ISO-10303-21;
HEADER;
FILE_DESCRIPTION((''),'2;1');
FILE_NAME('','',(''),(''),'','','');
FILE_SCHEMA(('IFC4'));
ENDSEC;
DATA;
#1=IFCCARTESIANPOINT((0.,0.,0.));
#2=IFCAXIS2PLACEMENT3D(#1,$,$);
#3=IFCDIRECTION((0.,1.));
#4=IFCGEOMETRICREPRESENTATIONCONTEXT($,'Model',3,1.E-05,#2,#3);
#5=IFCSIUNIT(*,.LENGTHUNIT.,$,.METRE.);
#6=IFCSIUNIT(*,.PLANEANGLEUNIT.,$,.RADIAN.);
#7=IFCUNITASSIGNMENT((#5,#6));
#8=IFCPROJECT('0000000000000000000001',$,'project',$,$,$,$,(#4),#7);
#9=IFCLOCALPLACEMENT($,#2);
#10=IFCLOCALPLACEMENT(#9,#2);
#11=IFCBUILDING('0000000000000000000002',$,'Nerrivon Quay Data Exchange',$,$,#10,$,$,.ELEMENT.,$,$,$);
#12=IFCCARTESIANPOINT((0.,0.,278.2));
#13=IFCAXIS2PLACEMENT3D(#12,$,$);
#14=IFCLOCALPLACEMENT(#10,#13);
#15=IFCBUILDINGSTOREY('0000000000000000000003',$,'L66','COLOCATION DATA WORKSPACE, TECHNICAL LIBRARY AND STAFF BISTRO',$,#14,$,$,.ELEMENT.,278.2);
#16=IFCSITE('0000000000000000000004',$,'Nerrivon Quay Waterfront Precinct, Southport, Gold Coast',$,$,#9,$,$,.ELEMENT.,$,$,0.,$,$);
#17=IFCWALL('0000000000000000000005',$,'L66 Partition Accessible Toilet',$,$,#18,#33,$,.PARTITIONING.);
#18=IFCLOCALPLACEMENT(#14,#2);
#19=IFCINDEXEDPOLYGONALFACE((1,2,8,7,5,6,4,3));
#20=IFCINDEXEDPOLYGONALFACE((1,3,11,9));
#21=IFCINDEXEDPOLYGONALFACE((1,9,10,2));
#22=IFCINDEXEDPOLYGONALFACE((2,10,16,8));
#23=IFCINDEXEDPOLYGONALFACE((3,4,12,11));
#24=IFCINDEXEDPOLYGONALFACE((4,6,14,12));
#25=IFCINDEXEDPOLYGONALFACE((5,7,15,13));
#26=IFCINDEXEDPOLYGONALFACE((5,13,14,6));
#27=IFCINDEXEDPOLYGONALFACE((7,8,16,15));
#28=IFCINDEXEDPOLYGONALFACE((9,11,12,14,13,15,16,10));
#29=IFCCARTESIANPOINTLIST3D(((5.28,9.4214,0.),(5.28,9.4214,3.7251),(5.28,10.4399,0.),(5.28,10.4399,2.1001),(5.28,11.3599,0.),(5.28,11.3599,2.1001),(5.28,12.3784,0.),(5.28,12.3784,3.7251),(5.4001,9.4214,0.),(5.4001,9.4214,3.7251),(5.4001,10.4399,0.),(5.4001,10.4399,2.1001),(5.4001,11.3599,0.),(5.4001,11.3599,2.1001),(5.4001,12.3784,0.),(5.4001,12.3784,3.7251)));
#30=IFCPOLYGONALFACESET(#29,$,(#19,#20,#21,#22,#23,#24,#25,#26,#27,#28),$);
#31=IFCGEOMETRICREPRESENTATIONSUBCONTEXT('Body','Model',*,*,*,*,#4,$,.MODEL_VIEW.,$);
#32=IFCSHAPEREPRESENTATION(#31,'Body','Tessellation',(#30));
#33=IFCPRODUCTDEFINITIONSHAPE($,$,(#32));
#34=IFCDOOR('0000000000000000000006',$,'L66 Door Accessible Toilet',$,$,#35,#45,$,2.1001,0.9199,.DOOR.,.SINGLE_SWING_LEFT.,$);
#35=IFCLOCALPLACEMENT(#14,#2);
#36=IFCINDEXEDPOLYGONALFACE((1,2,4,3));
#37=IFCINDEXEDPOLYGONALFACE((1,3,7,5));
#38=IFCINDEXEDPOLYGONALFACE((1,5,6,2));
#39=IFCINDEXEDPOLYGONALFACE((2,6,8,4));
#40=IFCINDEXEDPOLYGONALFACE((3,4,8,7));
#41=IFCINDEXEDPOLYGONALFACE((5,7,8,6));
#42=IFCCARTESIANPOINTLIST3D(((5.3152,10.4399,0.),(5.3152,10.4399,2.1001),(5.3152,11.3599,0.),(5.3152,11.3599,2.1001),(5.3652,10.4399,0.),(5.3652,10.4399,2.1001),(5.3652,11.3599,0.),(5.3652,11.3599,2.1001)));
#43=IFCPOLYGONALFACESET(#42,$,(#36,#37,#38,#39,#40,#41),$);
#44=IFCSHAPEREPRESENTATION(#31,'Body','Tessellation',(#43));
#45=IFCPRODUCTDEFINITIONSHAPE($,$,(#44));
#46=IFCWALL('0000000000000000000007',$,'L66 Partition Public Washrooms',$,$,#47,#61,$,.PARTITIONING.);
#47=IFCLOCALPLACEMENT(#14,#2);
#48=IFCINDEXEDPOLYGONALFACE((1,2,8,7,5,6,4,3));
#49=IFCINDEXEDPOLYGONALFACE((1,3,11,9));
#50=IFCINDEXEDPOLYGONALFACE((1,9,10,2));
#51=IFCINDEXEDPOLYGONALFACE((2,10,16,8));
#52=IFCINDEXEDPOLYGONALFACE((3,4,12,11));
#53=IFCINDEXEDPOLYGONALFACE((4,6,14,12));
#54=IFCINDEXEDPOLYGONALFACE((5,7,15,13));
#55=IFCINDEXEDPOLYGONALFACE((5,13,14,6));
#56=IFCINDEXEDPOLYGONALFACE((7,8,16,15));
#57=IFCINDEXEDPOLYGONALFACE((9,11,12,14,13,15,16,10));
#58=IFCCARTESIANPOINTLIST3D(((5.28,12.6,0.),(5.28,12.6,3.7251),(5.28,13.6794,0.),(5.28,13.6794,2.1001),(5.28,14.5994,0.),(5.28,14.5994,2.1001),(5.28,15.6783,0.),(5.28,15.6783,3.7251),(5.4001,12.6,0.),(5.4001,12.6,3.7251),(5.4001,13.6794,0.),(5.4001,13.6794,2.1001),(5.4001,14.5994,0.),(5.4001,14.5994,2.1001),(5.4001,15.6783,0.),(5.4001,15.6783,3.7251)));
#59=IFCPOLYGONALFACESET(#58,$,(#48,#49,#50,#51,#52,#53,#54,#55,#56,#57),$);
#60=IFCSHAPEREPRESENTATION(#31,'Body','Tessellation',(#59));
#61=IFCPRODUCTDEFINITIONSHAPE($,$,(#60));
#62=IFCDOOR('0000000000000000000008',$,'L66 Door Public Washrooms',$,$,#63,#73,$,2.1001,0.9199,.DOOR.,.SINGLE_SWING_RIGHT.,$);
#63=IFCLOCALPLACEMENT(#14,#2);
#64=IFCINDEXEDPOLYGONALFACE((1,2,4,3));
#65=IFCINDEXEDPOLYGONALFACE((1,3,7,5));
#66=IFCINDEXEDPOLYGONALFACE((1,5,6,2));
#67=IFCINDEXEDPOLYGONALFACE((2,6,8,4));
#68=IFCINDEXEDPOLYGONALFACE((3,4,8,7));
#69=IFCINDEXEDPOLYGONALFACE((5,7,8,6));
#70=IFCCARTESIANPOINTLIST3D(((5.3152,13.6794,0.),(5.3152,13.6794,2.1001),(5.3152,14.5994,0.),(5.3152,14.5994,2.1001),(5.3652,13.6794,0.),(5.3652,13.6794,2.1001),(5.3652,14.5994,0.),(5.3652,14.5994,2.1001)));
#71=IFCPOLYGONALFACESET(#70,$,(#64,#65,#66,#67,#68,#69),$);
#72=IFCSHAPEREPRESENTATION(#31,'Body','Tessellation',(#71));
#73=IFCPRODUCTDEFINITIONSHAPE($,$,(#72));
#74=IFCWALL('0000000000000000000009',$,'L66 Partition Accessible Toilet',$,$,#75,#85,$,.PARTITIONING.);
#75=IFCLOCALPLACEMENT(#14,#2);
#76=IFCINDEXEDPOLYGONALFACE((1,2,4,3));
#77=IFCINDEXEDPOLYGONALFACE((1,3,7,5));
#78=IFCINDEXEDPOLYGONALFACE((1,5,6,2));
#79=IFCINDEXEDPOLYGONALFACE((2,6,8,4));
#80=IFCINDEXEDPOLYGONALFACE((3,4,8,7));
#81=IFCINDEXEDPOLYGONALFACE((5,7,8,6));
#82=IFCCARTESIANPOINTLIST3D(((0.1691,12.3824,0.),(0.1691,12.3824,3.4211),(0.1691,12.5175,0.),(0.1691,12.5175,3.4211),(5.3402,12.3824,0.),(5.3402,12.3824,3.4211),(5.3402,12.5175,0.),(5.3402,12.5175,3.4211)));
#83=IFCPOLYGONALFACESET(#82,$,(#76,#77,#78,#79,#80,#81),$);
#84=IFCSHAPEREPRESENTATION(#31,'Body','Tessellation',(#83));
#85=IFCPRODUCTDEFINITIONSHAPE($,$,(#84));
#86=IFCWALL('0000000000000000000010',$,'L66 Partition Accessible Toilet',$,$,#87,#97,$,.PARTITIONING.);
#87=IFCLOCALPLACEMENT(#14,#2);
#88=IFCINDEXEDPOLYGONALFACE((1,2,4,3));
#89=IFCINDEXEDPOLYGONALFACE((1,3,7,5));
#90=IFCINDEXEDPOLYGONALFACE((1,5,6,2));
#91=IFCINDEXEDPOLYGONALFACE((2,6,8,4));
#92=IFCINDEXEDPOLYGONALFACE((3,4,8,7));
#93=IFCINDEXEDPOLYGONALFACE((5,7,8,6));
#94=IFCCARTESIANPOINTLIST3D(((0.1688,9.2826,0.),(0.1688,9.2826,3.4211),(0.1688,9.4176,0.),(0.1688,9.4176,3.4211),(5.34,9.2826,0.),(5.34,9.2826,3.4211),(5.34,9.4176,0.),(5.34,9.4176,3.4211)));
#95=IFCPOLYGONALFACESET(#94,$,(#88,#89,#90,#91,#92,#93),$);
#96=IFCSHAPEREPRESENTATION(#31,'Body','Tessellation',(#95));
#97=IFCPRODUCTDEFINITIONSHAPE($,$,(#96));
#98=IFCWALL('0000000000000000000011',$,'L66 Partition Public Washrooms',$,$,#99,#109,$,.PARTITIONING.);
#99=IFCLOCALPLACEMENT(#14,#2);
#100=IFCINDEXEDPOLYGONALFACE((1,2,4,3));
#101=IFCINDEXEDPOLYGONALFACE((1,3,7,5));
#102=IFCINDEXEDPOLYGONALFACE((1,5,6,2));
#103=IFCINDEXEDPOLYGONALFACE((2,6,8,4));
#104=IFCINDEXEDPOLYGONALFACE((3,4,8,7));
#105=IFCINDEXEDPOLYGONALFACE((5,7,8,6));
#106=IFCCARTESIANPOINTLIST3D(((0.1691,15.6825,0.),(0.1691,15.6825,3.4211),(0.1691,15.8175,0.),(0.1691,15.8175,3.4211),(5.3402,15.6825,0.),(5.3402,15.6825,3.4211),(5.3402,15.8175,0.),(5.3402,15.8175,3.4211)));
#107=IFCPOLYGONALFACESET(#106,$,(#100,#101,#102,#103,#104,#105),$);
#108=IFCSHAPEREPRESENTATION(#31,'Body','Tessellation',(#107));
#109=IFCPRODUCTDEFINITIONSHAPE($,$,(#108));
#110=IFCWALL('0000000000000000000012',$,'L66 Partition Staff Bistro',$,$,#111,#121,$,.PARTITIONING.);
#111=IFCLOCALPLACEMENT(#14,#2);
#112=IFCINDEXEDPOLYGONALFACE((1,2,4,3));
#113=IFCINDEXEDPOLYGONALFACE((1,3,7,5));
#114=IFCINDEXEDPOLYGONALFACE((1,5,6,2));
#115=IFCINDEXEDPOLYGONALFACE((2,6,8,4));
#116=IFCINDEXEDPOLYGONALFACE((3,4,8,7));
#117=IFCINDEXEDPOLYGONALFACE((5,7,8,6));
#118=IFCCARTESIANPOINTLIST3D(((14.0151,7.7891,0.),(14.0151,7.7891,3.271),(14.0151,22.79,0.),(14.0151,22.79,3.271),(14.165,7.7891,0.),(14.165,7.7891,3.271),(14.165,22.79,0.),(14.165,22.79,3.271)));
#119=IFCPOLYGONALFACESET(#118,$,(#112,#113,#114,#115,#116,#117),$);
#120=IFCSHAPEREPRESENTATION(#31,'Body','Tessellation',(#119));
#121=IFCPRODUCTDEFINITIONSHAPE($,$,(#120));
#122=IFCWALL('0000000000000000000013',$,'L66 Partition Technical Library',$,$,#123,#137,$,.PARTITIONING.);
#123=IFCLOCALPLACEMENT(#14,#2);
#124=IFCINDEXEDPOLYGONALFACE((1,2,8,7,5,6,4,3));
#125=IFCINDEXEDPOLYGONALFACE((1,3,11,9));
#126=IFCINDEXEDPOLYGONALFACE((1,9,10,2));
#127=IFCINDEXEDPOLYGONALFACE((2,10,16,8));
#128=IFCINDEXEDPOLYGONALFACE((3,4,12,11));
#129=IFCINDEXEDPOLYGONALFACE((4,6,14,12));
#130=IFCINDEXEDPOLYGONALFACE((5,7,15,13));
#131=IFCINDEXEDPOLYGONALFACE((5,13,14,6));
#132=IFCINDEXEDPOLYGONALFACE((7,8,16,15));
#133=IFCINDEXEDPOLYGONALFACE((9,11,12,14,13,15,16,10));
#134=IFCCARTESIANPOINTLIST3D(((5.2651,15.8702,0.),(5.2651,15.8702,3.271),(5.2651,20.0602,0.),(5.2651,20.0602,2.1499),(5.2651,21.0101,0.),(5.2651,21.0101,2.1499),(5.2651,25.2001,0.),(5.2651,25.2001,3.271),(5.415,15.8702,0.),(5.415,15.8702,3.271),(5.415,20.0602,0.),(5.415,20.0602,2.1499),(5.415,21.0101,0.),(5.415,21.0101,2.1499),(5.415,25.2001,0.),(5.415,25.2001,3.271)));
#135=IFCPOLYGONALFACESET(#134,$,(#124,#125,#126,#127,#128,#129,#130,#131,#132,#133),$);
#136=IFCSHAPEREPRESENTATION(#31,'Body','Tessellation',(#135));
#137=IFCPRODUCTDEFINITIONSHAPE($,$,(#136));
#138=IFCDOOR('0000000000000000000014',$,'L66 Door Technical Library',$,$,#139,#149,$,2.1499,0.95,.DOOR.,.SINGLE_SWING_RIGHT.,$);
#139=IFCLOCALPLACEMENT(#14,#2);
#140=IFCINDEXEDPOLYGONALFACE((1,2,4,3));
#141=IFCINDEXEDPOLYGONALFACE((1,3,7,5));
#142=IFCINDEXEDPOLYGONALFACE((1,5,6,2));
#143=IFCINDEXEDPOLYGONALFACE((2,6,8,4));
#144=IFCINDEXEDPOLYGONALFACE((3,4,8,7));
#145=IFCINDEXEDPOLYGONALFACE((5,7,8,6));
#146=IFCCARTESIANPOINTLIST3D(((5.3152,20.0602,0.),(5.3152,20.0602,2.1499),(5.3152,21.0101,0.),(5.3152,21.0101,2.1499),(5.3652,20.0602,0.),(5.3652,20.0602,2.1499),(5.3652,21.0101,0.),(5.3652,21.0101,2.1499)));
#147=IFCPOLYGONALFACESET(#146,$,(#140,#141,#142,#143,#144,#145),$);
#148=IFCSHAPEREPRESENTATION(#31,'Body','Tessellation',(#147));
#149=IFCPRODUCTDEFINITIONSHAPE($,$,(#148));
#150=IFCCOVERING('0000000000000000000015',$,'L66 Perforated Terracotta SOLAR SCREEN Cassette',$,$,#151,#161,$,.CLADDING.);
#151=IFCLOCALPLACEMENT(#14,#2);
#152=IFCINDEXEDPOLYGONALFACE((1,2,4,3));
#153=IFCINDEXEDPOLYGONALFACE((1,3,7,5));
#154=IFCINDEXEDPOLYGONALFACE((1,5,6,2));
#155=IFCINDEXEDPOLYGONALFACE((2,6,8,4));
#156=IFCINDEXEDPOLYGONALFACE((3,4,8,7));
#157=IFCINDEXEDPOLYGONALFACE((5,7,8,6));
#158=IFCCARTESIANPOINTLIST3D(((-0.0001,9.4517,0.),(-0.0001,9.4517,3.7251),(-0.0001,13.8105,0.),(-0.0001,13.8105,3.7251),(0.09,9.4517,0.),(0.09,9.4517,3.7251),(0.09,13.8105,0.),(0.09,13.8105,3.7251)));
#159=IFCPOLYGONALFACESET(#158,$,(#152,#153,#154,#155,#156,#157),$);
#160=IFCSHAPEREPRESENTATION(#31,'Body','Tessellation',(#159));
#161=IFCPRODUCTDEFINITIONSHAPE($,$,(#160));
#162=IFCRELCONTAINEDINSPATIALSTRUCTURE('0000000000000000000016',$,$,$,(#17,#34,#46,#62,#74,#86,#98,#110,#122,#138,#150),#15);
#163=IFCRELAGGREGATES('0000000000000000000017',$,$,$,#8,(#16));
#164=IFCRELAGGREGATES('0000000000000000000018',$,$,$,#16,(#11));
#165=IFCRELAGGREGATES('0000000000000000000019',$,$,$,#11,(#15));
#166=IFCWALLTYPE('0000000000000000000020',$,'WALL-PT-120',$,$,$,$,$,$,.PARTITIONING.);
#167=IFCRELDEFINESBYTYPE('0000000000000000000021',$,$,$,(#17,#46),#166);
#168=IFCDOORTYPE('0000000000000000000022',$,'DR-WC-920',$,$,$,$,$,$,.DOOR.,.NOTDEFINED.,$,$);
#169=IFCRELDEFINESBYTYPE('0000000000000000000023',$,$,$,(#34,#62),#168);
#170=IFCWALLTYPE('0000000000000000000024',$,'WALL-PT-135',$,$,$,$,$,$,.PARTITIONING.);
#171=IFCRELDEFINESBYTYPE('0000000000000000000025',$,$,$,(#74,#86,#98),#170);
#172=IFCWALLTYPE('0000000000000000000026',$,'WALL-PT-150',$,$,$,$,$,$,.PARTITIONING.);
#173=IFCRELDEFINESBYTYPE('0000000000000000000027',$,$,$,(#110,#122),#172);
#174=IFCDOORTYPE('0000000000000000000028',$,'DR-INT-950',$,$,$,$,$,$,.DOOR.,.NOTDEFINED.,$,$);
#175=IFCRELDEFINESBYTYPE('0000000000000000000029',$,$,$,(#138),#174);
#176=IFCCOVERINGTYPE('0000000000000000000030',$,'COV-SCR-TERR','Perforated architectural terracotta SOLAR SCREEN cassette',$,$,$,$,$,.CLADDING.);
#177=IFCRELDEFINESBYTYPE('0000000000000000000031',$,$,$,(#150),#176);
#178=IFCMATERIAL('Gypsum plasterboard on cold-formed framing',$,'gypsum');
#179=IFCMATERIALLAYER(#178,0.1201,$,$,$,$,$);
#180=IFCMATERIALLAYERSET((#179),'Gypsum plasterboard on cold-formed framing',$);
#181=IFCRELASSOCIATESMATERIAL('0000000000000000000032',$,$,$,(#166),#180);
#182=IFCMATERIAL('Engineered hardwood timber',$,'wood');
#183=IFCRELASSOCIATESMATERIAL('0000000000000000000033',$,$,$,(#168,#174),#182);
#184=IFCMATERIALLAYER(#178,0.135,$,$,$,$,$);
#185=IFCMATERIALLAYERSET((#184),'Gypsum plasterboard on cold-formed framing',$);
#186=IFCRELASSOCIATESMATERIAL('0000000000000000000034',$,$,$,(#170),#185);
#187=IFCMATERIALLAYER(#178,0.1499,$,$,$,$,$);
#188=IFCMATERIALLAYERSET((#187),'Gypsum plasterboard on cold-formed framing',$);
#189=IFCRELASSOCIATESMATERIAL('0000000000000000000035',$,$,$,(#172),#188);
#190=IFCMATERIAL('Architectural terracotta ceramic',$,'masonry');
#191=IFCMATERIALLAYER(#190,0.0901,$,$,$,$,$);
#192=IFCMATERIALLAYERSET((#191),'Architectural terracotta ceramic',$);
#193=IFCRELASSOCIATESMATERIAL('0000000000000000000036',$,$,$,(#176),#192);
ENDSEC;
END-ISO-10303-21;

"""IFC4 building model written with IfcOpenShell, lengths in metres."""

from ifc_helpers import new_model, si_unit, direction, frame, frame_2d, origin, origin_2d, place, context, subcontext, project, spatial, rectangle, extrude, material, layer, layer_set, type_object, element, fill, save


model = new_model("IFC4")

# Units and contexts
model_context = context("Model", 3, precision=1e-05, world=origin(), true_north=direction((0.0, 1.0)))
body_context = subcontext(model_context, "Body", "Model", "MODEL_VIEW")
ifc_project = project(units=[si_unit("LENGTHUNIT", "METRE"), si_unit("PLANEANGLEUNIT", "RADIAN")], contexts=[model_context])

# Site, building, storey
site_placement = place(None, origin())
site = spatial("IfcSite", under=ifc_project, at=site_placement, Name="Nerrivon Quay Waterfront Precinct, Southport, Gold Coast", CompositionType="ELEMENT", RefElevation=0.0)
building_placement = place(site_placement, origin())
building = spatial("IfcBuilding", under=site, at=building_placement, Name="Nerrivon Quay Data Exchange", CompositionType="ELEMENT")
storey_placement = place(building_placement, frame((0.0, 0.0, 278.2)))
storey = spatial("IfcBuildingStorey", under=building, at=storey_placement, Name="L66", Description="COLOCATION DATA WORKSPACE, TECHNICAL LIBRARY AND STAFF BISTRO", CompositionType="ELEMENT", Elevation=278.2)

# Walls, openings, doors
ifc_material_1 = material(Name="Gypsum plasterboard on cold-formed framing", Category="gypsum")
ifc_layer_1 = layer(ifc_material_1, 0.1201)
ifc_layer_set_1 = layer_set([ifc_layer_1], Name="Gypsum plasterboard on cold-formed framing")
wall_type_1 = type_object("IfcWallType", Name="WALL-PT-120", PredefinedType="PARTITIONING", material=ifc_layer_set_1)
wall_1_placement = place(storey_placement, frame((5.3401, 9.4214, 0.0), z_axis=(0.0, 0.0, 1.0), x_axis=(0.0, 1.0, 0.0)))
wall_1 = element("IfcWall", 1, at=wall_1_placement, inside=storey, type_object=wall_type_1, Name="L66 Partition Accessible Toilet", PredefinedType="PARTITIONING", context=body_context, shape_type="SweptSolid", body=[
    extrude(rectangle(XDim=2.957, YDim=0.1201, at=frame_2d((1.4785, 0.0))), origin(), (0.0, 0.0, 1.0), 3.7251),
])
opening_1_placement = place(wall_1_placement, frame((1.0186, 0.0, 0.0)))
opening_1 = element("IfcOpeningElement", 2, at=opening_1_placement, cuts=wall_1, PredefinedType="OPENING", context=body_context, shape_type="SweptSolid", body=[
    extrude(rectangle(XDim=0.9199, YDim=2.1001, at=frame_2d((0.46, 1.05))), frame((0.0, 0.0701, 0.0), z_axis=(0.0, -1.0, 0.0), x_axis=(1.0, 0.0, 0.0)), (0.0, 0.0, 1.0), 0.1401),
])
ifc_material_2 = material(Name="Engineered hardwood timber", Category="wood")
door_type_1 = type_object("IfcDoorType", Name="DR-WC-920", OperationType="NOTDEFINED", PredefinedType="DOOR", material=ifc_material_2)
door_1_placement = place(opening_1_placement, origin())
door_1 = element("IfcDoor", 3, at=door_1_placement, inside=storey, type_object=door_type_1, Name="L66 Door Accessible Toilet", OperationType="SINGLE_SWING_LEFT", OverallHeight=2.1001, OverallWidth=0.9199, PredefinedType="DOOR", context=body_context, shape_type="SweptSolid", body=[
    extrude(rectangle(XDim=0.9199, YDim=2.1001, at=frame_2d((0.46, 1.05))), frame((0.0, 0.0249, 0.0), z_axis=(0.0, -1.0, 0.0), x_axis=(1.0, 0.0, 0.0)), (0.0, 0.0, 1.0), 0.05),
])
fill(opening_1, door_1)
wall_2_placement = place(storey_placement, frame((5.3401, 12.6001, 0.0), z_axis=(0.0, 0.0, 1.0), x_axis=(0.0, 1.0, 0.0)))
wall_2 = element("IfcWall", 4, at=wall_2_placement, inside=storey, type_object=wall_type_1, Name="L66 Partition Public Washrooms", PredefinedType="PARTITIONING", context=body_context, shape_type="SweptSolid", body=[
    extrude(rectangle(XDim=3.0784, YDim=0.1201, at=frame_2d((1.5391, 0.0))), origin(), (0.0, 0.0, 1.0), 3.7251),
])
opening_2_placement = place(wall_2_placement, frame((1.0793, 0.0, 0.0)))
opening_2 = element("IfcOpeningElement", 5, at=opening_2_placement, cuts=wall_2, PredefinedType="OPENING", context=body_context, shape_type="SweptSolid", body=[
    extrude(rectangle(XDim=0.9199, YDim=2.1001, at=frame_2d((0.46, 1.05))), frame((0.0, 0.0701, 0.0), z_axis=(0.0, -1.0, 0.0), x_axis=(1.0, 0.0, 0.0)), (0.0, 0.0, 1.0), 0.1401),
])
door_2_placement = place(opening_2_placement, origin())
door_2 = element("IfcDoor", 6, at=door_2_placement, inside=storey, type_object=door_type_1, Name="L66 Door Public Washrooms", OperationType="SINGLE_SWING_RIGHT", OverallHeight=2.1001, OverallWidth=0.9199, PredefinedType="DOOR", context=body_context, shape_type="SweptSolid", body=[
    extrude(rectangle(XDim=0.9199, YDim=2.1001, at=frame_2d((0.46, 1.05))), frame((0.0, 0.0249, 0.0), z_axis=(0.0, -1.0, 0.0), x_axis=(1.0, 0.0, 0.0)), (0.0, 0.0, 1.0), 0.05),
])
fill(opening_2, door_2)

# Walls
ifc_layer_2 = layer(ifc_material_1, 0.135)
ifc_layer_set_2 = layer_set([ifc_layer_2], Name="Gypsum plasterboard on cold-formed framing")
wall_type_2 = type_object("IfcWallType", Name="WALL-PT-135", PredefinedType="PARTITIONING", material=ifc_layer_set_2)
for number, where, z_axis, x_axis, name in (
    (7, (5.3401, 12.45, 0.0), (0.0, 0.0, 1.0), (-1.0, 0.0, 0.0), "L66 Partition Accessible Toilet"),
    (8, (0.1689, 9.3501, 0.0), (0.0, 0.0, 1.0), (1.0, 0.0, 0.0), "L66 Partition Accessible Toilet"),
    (9, (5.3401, 15.75, 0.0), (0.0, 0.0, 1.0), (-1.0, 0.0, 0.0), "L66 Partition Public Washrooms"),
):
    element("IfcWall", number, at=place(storey_placement, frame(where, z_axis=z_axis, x_axis=x_axis)), inside=storey, type_object=wall_type_2, Name=name, PredefinedType="PARTITIONING", context=body_context, shape_type="SweptSolid", body=[
        extrude(rectangle(XDim=5.1711, YDim=0.135, at=frame_2d((2.5854, 0.0))), origin(), (0.0, 0.0, 1.0), 3.4211),
    ])
ifc_layer_3 = layer(ifc_material_1, 0.1499)
ifc_layer_set_3 = layer_set([ifc_layer_3], Name="Gypsum plasterboard on cold-formed framing")
wall_type_3 = type_object("IfcWallType", Name="WALL-PT-150", PredefinedType="PARTITIONING", material=ifc_layer_set_3)
wall_3_placement = place(storey_placement, frame((14.0901, 7.7891, 0.0), z_axis=(0.0, 0.0, 1.0), x_axis=(0.0, 1.0, 0.0)))
element("IfcWall", 10, at=wall_3_placement, inside=storey, type_object=wall_type_3, Name="L66 Partition Staff Bistro", PredefinedType="PARTITIONING", context=body_context, shape_type="SweptSolid", body=[
    extrude(rectangle(XDim=15.001, YDim=0.1499, at=frame_2d((7.5005, 0.0))), origin(), (0.0, 0.0, 1.0), 3.271),
])

# Wall, opening, door
wall_4_placement = place(storey_placement, frame((5.3401, 15.8701, 0.0), z_axis=(0.0, 0.0, 1.0), x_axis=(0.0, 1.0, 0.0)))
wall_4 = element("IfcWall", 11, at=wall_4_placement, inside=storey, type_object=wall_type_3, Name="L66 Partition Technical Library", PredefinedType="PARTITIONING", context=body_context, shape_type="SweptSolid", body=[
    extrude(rectangle(XDim=9.3298, YDim=0.1499, at=frame_2d((4.665, 0.0))), origin(), (0.0, 0.0, 1.0), 3.271),
])
opening_3_placement = place(wall_4_placement, frame((4.1899, 0.0, 0.0)))
opening_3 = element("IfcOpeningElement", 12, at=opening_3_placement, cuts=wall_4, PredefinedType="OPENING", context=body_context, shape_type="SweptSolid", body=[
    extrude(rectangle(XDim=0.95, YDim=2.1499, at=frame_2d((0.4751, 1.075))), frame((0.0, 0.085, 0.0), z_axis=(0.0, -1.0, 0.0), x_axis=(1.0, 0.0, 0.0)), (0.0, 0.0, 1.0), 0.1699),
])
door_type_2 = type_object("IfcDoorType", Name="DR-INT-950", OperationType="NOTDEFINED", PredefinedType="DOOR", material=ifc_material_2)
door_3_placement = place(opening_3_placement, origin())
door_3 = element("IfcDoor", 13, at=door_3_placement, inside=storey, type_object=door_type_2, Name="L66 Door Technical Library", OperationType="SINGLE_SWING_RIGHT", OverallHeight=2.1499, OverallWidth=0.95, PredefinedType="DOOR", context=body_context, shape_type="SweptSolid", body=[
    extrude(rectangle(XDim=0.95, YDim=2.1499, at=frame_2d((0.4751, 1.075))), frame((0.0, 0.0249, 0.0), z_axis=(0.0, -1.0, 0.0), x_axis=(1.0, 0.0, 0.0)), (0.0, 0.0, 1.0), 0.05),
])
fill(opening_3, door_3)

# Covering
ifc_material_3 = material(Name="Architectural terracotta ceramic", Category="masonry")
ifc_layer_4 = layer(ifc_material_3, 0.0901)
ifc_layer_set_4 = layer_set([ifc_layer_4], Name="Architectural terracotta ceramic")
covering_type = type_object("IfcCoveringType", Name="COV-SCR-TERR", Description="Perforated architectural terracotta SOLAR SCREEN cassette", PredefinedType="CLADDING", material=ifc_layer_set_4)
covering_placement = place(storey_placement, frame((0.0449, 11.6311, 0.0), z_axis=(0.0, 0.0, 1.0), x_axis=(0.0, 1.0, 0.0)))
element("IfcCovering", 14, at=covering_placement, inside=storey, type_object=covering_type, Name="L66 Perforated Terracotta SOLAR SCREEN Cassette", PredefinedType="CLADDING", context=body_context, shape_type="SweptSolid", body=[
    extrude(rectangle(XDim=4.3589, YDim=0.0901, at=origin_2d()), origin(), (0.0, 0.0, 1.0), 3.7251),
])

save(model, "model.ifc")
